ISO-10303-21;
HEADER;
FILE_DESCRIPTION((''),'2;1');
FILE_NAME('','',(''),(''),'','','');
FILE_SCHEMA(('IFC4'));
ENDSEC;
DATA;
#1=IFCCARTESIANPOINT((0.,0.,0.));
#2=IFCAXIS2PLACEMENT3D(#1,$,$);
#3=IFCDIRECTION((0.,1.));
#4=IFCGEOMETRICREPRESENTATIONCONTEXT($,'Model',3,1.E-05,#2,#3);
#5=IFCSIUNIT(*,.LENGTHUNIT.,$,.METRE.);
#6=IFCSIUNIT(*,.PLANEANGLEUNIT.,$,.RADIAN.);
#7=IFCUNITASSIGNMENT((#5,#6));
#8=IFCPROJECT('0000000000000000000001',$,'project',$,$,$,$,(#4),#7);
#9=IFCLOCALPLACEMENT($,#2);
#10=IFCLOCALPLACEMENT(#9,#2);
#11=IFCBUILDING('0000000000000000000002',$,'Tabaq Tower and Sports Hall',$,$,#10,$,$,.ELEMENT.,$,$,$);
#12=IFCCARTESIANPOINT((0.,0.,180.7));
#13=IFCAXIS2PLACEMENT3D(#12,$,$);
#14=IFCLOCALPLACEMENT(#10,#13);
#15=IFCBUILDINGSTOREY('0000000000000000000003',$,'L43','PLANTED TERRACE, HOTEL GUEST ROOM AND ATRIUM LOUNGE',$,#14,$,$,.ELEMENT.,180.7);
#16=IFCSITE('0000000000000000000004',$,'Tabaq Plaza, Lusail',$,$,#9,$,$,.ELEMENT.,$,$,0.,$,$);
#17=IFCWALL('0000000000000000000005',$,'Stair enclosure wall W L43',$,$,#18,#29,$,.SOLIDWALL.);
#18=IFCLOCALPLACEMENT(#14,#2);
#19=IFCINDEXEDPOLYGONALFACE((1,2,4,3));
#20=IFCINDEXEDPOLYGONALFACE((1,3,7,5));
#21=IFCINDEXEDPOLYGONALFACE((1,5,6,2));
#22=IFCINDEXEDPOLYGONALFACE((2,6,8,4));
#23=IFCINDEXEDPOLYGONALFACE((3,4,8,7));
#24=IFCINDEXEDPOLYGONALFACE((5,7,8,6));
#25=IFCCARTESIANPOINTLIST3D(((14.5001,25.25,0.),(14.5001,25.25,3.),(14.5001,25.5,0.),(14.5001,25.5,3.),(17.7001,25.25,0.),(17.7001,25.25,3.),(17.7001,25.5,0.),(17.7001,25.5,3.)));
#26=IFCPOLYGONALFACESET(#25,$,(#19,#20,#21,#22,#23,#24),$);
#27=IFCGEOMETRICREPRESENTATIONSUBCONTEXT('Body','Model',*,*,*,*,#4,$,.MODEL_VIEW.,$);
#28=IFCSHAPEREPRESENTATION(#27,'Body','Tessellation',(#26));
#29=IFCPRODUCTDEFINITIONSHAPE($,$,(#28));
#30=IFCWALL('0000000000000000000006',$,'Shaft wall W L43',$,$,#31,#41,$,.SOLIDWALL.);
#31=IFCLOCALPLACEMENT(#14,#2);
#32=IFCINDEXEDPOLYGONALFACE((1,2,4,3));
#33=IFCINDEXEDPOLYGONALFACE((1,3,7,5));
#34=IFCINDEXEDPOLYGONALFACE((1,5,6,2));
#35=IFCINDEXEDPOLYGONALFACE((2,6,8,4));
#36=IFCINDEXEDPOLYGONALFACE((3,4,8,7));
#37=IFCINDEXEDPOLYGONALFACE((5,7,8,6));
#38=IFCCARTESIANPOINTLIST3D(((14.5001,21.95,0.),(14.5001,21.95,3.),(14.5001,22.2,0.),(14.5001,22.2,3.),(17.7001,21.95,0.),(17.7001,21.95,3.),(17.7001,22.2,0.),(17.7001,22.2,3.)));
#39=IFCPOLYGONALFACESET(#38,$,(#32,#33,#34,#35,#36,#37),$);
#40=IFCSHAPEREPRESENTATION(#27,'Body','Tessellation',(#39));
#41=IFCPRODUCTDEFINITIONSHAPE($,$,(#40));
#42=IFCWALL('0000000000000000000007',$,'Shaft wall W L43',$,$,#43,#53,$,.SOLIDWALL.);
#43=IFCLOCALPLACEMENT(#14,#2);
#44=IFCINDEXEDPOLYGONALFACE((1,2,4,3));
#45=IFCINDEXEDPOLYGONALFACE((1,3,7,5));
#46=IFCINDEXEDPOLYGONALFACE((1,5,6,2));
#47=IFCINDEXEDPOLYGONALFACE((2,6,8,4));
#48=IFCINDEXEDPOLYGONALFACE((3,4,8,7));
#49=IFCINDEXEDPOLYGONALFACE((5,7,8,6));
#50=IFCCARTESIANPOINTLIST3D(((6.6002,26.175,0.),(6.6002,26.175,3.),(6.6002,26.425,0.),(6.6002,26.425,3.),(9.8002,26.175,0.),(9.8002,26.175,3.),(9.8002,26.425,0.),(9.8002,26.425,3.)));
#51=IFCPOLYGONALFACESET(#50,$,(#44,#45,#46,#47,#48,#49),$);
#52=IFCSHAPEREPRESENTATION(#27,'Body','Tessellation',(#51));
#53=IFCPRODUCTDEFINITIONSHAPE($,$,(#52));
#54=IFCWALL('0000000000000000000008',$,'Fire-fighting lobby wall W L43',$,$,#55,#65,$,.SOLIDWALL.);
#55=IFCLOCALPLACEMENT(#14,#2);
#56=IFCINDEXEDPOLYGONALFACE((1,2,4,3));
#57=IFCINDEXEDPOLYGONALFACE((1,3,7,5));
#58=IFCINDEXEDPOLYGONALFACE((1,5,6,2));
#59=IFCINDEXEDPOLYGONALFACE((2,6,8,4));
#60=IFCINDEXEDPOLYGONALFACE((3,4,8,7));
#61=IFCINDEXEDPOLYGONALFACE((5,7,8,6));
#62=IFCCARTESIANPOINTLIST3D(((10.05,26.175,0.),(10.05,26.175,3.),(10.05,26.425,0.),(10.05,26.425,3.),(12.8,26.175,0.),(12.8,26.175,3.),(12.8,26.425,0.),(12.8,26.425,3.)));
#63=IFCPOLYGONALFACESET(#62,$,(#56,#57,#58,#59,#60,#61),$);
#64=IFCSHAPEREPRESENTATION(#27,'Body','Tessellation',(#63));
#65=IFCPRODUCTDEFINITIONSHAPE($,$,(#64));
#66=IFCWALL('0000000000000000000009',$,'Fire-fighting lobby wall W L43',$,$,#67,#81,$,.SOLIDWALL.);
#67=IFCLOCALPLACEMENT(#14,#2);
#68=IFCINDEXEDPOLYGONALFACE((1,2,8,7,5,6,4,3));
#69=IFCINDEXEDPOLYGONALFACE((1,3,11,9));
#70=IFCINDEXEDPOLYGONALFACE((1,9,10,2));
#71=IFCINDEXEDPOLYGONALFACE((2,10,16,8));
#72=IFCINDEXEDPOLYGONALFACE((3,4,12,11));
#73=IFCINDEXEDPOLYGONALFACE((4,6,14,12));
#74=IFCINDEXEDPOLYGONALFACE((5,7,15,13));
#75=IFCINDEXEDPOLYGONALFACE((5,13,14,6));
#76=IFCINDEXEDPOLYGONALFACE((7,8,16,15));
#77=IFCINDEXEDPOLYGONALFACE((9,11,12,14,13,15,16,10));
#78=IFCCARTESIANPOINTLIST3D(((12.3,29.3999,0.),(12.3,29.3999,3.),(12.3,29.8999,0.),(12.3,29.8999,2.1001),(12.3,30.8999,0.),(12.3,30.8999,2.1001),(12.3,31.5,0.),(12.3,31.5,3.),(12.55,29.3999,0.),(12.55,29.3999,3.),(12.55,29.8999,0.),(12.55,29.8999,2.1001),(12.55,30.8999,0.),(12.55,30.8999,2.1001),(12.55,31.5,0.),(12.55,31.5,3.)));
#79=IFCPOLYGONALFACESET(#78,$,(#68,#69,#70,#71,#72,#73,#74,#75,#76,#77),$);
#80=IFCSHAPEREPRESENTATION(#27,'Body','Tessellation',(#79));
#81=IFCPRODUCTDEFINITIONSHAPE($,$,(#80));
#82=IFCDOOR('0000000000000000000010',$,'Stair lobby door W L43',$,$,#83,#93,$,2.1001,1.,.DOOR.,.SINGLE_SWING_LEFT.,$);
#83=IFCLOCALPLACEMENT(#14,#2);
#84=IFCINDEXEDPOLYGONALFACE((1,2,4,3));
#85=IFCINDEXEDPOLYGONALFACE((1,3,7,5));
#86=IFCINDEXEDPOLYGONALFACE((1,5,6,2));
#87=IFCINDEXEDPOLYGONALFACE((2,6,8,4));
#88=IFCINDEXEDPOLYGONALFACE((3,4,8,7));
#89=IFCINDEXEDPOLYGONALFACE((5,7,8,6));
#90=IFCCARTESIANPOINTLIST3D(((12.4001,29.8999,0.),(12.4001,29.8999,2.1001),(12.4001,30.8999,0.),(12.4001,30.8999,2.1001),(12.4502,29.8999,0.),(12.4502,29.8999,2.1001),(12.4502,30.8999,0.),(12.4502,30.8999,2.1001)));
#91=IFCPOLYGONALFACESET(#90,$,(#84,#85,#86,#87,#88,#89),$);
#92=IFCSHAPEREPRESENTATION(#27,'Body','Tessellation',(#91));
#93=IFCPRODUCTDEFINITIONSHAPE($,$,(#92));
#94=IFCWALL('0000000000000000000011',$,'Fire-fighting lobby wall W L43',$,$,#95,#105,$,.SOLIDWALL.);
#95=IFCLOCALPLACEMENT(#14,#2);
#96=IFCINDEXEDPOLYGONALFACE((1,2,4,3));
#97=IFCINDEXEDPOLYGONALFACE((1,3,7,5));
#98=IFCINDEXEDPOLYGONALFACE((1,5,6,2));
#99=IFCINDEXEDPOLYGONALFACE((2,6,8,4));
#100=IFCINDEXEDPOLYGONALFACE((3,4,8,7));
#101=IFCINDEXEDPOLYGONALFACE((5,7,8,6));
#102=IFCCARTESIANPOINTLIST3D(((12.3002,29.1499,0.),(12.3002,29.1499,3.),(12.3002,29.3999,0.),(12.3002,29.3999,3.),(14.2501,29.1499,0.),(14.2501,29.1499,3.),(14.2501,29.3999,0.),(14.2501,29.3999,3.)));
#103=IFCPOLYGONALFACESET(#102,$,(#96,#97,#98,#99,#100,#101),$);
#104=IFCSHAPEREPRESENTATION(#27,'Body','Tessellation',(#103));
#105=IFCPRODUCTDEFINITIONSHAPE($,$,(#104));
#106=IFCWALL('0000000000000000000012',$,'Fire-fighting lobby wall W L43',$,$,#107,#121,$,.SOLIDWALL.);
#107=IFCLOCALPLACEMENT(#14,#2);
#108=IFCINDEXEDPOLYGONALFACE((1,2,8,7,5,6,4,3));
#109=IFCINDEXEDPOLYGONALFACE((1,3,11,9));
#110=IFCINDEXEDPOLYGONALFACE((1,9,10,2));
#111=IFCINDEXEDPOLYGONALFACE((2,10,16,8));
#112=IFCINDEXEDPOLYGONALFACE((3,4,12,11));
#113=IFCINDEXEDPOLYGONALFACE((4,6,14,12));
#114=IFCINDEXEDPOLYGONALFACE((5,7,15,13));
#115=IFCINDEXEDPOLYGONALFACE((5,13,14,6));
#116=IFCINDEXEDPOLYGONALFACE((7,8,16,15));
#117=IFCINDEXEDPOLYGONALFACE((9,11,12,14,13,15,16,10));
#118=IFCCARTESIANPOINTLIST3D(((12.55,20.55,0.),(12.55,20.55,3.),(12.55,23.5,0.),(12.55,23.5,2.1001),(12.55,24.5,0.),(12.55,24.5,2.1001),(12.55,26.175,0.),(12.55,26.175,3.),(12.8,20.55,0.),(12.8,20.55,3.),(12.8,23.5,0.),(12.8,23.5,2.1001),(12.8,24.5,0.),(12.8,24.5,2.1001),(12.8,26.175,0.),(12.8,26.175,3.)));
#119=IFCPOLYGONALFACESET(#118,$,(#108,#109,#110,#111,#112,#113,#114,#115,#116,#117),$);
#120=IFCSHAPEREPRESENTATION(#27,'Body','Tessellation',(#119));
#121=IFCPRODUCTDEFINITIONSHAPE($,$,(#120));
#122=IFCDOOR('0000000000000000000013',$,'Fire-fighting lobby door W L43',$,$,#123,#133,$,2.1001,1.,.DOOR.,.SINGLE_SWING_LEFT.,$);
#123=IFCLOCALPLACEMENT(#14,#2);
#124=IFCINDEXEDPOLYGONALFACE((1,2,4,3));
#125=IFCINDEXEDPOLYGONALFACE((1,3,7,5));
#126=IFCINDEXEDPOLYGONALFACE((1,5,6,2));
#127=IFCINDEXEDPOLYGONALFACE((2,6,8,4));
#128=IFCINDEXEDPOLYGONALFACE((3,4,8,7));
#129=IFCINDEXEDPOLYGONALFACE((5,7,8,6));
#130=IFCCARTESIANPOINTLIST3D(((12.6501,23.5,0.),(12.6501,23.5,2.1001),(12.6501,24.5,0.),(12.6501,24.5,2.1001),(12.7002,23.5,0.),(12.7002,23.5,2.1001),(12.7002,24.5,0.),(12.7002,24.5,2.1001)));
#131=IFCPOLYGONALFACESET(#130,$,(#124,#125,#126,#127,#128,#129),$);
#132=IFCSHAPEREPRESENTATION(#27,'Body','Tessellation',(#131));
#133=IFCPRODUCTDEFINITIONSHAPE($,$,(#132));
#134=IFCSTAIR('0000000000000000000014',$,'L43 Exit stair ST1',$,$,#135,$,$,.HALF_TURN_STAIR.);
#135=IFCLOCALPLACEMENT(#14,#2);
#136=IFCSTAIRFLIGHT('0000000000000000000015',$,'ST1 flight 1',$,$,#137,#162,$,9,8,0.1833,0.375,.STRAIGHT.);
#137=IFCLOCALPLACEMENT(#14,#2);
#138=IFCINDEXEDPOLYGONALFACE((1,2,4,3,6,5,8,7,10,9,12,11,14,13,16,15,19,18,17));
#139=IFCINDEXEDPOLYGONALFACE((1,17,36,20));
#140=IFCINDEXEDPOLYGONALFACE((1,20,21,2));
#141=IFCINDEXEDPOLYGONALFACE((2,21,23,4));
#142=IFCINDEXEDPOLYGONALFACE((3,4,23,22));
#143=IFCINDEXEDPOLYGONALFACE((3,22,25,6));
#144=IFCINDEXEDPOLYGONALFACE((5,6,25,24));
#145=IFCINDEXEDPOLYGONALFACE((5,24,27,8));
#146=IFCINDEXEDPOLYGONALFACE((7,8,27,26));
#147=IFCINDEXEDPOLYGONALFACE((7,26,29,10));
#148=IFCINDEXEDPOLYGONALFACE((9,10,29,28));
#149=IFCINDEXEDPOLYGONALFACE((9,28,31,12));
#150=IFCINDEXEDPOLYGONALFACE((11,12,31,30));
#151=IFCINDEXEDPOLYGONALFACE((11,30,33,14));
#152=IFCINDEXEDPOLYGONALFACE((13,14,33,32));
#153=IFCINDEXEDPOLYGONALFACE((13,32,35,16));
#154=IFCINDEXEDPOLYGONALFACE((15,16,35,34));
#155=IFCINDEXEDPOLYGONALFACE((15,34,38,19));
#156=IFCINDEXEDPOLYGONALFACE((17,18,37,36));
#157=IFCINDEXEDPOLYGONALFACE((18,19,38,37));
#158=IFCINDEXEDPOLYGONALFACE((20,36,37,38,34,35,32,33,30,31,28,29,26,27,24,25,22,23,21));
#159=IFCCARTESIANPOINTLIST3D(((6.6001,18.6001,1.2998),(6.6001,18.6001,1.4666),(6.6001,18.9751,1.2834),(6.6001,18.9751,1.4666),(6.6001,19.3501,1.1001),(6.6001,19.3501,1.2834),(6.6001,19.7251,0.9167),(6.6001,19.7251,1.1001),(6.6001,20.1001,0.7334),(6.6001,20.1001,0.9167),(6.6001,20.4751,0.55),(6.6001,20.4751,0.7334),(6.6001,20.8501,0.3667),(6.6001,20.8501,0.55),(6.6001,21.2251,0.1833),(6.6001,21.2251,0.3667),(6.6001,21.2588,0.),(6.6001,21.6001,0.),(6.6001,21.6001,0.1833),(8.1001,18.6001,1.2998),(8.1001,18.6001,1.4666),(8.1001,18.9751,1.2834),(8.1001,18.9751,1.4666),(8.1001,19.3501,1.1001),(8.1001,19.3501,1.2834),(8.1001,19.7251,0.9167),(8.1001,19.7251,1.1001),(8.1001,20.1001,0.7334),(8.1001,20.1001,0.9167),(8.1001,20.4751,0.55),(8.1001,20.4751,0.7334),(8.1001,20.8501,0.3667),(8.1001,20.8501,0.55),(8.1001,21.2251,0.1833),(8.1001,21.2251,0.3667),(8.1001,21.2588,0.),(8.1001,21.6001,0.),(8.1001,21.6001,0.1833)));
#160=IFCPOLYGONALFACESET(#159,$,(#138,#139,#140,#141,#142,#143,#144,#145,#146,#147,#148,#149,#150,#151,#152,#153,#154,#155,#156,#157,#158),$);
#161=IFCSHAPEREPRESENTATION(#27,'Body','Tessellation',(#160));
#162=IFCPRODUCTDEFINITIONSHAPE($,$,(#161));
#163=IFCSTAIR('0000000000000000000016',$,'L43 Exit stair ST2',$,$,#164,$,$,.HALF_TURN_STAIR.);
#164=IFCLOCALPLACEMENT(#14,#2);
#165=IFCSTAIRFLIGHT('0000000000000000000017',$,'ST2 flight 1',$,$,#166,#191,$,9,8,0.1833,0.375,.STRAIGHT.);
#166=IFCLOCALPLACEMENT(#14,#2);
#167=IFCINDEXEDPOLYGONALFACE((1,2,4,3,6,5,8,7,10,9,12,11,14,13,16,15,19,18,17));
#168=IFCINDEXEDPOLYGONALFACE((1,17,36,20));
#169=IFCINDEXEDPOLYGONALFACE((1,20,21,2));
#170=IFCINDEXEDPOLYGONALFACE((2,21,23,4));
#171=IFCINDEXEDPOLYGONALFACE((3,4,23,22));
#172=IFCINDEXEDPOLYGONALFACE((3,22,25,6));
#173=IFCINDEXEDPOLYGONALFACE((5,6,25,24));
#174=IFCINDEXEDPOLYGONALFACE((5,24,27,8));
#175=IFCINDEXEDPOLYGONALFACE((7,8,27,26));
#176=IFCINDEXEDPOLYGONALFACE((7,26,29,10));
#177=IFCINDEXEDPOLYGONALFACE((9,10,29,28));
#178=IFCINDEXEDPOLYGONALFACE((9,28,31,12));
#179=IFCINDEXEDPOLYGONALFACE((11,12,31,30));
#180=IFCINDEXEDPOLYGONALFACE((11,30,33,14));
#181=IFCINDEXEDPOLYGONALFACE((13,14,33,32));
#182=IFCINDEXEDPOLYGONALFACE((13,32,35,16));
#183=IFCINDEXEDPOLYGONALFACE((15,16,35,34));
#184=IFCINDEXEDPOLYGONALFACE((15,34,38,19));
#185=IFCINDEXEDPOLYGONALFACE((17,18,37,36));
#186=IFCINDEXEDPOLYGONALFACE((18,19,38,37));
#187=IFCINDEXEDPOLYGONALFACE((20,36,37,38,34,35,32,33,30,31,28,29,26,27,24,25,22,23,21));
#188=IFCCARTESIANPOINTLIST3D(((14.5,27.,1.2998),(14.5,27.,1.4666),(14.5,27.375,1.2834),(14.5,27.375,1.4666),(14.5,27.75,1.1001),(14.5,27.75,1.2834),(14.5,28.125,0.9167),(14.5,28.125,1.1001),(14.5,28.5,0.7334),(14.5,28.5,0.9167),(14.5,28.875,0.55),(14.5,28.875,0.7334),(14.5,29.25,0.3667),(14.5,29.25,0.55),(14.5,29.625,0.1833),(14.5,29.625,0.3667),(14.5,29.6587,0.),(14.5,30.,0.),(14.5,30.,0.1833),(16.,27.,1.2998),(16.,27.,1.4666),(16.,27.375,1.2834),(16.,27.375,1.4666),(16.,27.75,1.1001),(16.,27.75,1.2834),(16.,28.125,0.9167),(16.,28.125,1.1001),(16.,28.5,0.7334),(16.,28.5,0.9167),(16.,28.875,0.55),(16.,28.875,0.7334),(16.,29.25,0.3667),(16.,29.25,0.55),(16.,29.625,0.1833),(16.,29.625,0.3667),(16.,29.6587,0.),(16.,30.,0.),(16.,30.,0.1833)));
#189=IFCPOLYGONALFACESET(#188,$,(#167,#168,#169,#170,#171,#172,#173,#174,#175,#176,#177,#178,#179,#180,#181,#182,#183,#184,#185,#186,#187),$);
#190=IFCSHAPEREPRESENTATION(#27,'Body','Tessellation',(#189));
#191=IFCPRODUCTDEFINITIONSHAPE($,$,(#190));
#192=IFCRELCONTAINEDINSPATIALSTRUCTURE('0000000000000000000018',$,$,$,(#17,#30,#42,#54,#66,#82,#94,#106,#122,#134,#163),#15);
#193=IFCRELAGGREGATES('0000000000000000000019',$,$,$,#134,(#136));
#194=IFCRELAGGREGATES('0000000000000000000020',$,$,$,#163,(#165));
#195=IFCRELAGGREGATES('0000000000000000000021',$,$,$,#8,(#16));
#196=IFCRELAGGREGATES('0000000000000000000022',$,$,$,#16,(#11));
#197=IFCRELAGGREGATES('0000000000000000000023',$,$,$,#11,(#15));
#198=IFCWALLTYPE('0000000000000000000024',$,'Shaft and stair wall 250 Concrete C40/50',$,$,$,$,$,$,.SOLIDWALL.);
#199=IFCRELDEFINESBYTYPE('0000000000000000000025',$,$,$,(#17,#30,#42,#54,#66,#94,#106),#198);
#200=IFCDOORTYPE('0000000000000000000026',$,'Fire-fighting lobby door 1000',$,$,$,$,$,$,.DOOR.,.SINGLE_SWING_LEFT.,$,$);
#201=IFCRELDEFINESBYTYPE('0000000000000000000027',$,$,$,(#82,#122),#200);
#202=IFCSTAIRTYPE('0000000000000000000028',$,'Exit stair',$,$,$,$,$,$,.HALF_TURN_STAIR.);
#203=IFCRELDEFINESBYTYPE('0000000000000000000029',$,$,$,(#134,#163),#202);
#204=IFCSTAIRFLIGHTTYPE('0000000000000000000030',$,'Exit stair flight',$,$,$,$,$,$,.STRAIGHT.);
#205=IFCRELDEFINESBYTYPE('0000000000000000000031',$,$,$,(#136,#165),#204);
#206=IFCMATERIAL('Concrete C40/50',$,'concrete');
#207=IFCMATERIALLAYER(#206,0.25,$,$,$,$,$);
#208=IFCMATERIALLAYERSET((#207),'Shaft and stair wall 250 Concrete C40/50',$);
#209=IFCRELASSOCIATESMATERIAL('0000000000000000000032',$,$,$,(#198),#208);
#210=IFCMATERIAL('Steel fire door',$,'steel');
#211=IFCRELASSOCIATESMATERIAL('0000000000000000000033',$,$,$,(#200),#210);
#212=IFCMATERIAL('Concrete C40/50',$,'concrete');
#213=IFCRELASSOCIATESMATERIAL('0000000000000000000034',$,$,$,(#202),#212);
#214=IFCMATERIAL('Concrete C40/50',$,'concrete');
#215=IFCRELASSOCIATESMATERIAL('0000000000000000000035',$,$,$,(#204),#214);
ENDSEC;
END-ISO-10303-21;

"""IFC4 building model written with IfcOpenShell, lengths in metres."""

from ifc_helpers import new_model, si_unit, direction, frame, frame_2d, origin, place, context, subcontext, project, spatial, polyline, rectangle, outline, extrude, material, layer, layer_set, type_object, element, fill, aggregate, save


model = new_model("IFC4")

# Units and contexts
model_context = context("Model", 3, precision=1e-05, world=origin(), true_north=direction((0.0, 1.0)))
body_context = subcontext(model_context, "Body", "Model", "MODEL_VIEW")
ifc_project = project(units=[si_unit("LENGTHUNIT", "METRE"), si_unit("PLANEANGLEUNIT", "RADIAN")], contexts=[model_context])

# Site, building, storey
site_placement = place(None, origin())
site = spatial("IfcSite", under=ifc_project, at=site_placement, Name="Tabaq Plaza, Lusail", CompositionType="ELEMENT", RefElevation=0.0)
building_placement = place(site_placement, origin())
building = spatial("IfcBuilding", under=site, at=building_placement, Name="Tabaq Tower and Sports Hall", CompositionType="ELEMENT")
storey_placement = place(building_placement, frame((0.0, 0.0, 180.7)))
storey = spatial("IfcBuildingStorey", under=building, at=storey_placement, Name="L43", Description="PLANTED TERRACE, HOTEL GUEST ROOM AND ATRIUM LOUNGE", CompositionType="ELEMENT", Elevation=180.7)

# Walls
ifc_material_1 = material(Name="Concrete C40/50", Category="concrete")
ifc_layer_1 = layer(ifc_material_1, 0.25)
ifc_layer_set_1 = layer_set([ifc_layer_1], Name="Shaft and stair wall 250 Concrete C40/50")
wall_type_1 = type_object("IfcWallType", Name="Shaft and stair wall 250 Concrete C40/50", PredefinedType="SOLIDWALL", material=ifc_layer_set_1)
for number, where, z_axis, x_axis, name in (
    (1, (14.5, 25.375, 0.0), (0.0, 0.0, 1.0), (1.0, 0.0, 0.0), "Stair enclosure wall W L43"),
    (2, (14.5, 22.075, 0.0), (0.0, 0.0, 1.0), (1.0, 0.0, 0.0), "Shaft wall W L43"),
    (3, (6.6001, 26.3, 0.0), (0.0, 0.0, 1.0), (1.0, 0.0, 0.0), "Shaft wall W L43"),
):
    element("IfcWall", number, at=place(storey_placement, frame(where, z_axis=z_axis, x_axis=x_axis)), inside=storey, type_object=wall_type_1, Name=name, PredefinedType="SOLIDWALL", context=body_context, shape_type="SweptSolid", body=[
        extrude(rectangle(XDim=3.2, YDim=0.25, at=frame_2d((1.6001, 0.0))), origin(), (0.0, 0.0, 1.0), 3.0),
    ])
wall_1_placement = place(storey_placement, frame((10.05, 26.3, 0.0), z_axis=(0.0, 0.0, 1.0), x_axis=(1.0, 0.0, 0.0)))
element("IfcWall", 4, at=wall_1_placement, inside=storey, type_object=wall_type_1, Name="Fire-fighting lobby wall W L43", PredefinedType="SOLIDWALL", context=body_context, shape_type="SweptSolid", body=[
    extrude(rectangle(XDim=2.75, YDim=0.25, at=frame_2d((1.375, 0.0))), origin(), (0.0, 0.0, 1.0), 3.0),
])

# Wall, opening, door
wall_2_placement = place(storey_placement, frame((12.425, 29.3999, 0.0), z_axis=(0.0, 0.0, 1.0), x_axis=(0.0, 1.0, 0.0)))
wall_2 = element("IfcWall", 5, at=wall_2_placement, inside=storey, type_object=wall_type_1, Name="Fire-fighting lobby wall W L43", PredefinedType="SOLIDWALL", context=body_context, shape_type="SweptSolid", body=[
    extrude(rectangle(XDim=2.1001, YDim=0.25, at=frame_2d((1.05, 0.0))), origin(), (0.0, 0.0, 1.0), 3.0),
])
opening_1_placement = place(wall_2_placement, frame((0.5, 0.0, 0.0)))
opening_1 = element("IfcOpeningElement", 6, at=opening_1_placement, cuts=wall_2, PredefinedType="OPENING", context=body_context, shape_type="SweptSolid", body=[
    extrude(rectangle(XDim=1.0, YDim=2.1001, at=frame_2d((0.5, 1.05))), frame((0.0, 0.125, 0.0), z_axis=(0.0, -1.0, 0.0), x_axis=(1.0, 0.0, 0.0)), (0.0, 0.0, 1.0), 0.25),
])
ifc_material_2 = material(Name="Steel fire door", Category="steel")
door_type_1 = type_object("IfcDoorType", Name="Fire-fighting lobby door 1000", OperationType="SINGLE_SWING_LEFT", PredefinedType="DOOR", material=ifc_material_2)
door_1_placement = place(opening_1_placement, origin())
door_1 = element("IfcDoor", 7, at=door_1_placement, inside=storey, type_object=door_type_1, Name="Stair lobby door W L43", OperationType="SINGLE_SWING_LEFT", OverallHeight=2.1001, OverallWidth=1.0, PredefinedType="DOOR", context=body_context, shape_type="SweptSolid", body=[
    extrude(rectangle(XDim=1.0, YDim=2.1001, at=frame_2d((0.5, 1.05))), frame((0.0, 0.0249, 0.0), z_axis=(0.0, -1.0, 0.0), x_axis=(1.0, 0.0, 0.0)), (0.0, 0.0, 1.0), 0.05),
])
fill(opening_1, door_1)

# Wall
wall_3_placement = place(storey_placement, frame((12.3, 29.2749, 0.0), z_axis=(0.0, 0.0, 1.0), x_axis=(1.0, 0.0, 0.0)))
element("IfcWall", 8, at=wall_3_placement, inside=storey, type_object=wall_type_1, Name="Fire-fighting lobby wall W L43", PredefinedType="SOLIDWALL", context=body_context, shape_type="SweptSolid", body=[
    extrude(rectangle(XDim=1.95, YDim=0.25, at=frame_2d((0.9751, 0.0))), origin(), (0.0, 0.0, 1.0), 3.0),
])

# Wall, opening, door
wall_4_placement = place(storey_placement, frame((12.675, 20.55, 0.0), z_axis=(0.0, 0.0, 1.0), x_axis=(0.0, 1.0, 0.0)))
wall_4 = element("IfcWall", 9, at=wall_4_placement, inside=storey, type_object=wall_type_1, Name="Fire-fighting lobby wall W L43", PredefinedType="SOLIDWALL", context=body_context, shape_type="SweptSolid", body=[
    extrude(rectangle(XDim=5.625, YDim=0.25, at=frame_2d((2.8125, 0.0))), origin(), (0.0, 0.0, 1.0), 3.0),
])
opening_2_placement = place(wall_4_placement, frame((2.95, 0.0, 0.0)))
opening_2 = element("IfcOpeningElement", 10, at=opening_2_placement, cuts=wall_4, PredefinedType="OPENING", context=body_context, shape_type="SweptSolid", body=[
    extrude(rectangle(XDim=1.0, YDim=2.1001, at=frame_2d((0.5, 1.05))), frame((0.0, 0.125, 0.0), z_axis=(0.0, -1.0, 0.0), x_axis=(1.0, 0.0, 0.0)), (0.0, 0.0, 1.0), 0.25),
])
door_2_placement = place(opening_2_placement, origin())
door_2 = element("IfcDoor", 11, at=door_2_placement, inside=storey, type_object=door_type_1, Name="Fire-fighting lobby door W L43", OperationType="SINGLE_SWING_LEFT", OverallHeight=2.1001, OverallWidth=1.0, PredefinedType="DOOR", context=body_context, shape_type="SweptSolid", body=[
    extrude(rectangle(XDim=1.0, YDim=2.1001, at=frame_2d((0.5, 1.05))), frame((0.0, 0.0249, 0.0), z_axis=(0.0, -1.0, 0.0), x_axis=(1.0, 0.0, 0.0)), (0.0, 0.0, 1.0), 0.05),
])
fill(opening_2, door_2)

# Stairs, stair flights
ifc_material_3 = material(Name="Concrete C40/50", Category="concrete")
stair_type = type_object("IfcStairType", Name="Exit stair", PredefinedType="HALF_TURN_STAIR", material=ifc_material_3)
stair_1_placement = place(storey_placement, origin())
stair_1 = element("IfcStair", 12, at=stair_1_placement, inside=storey, type_object=stair_type, Name="L43 Exit stair ST1", PredefinedType="HALF_TURN_STAIR")
ifc_material_4 = material(Name="Concrete C40/50", Category="concrete")
stair_flight_type = type_object("IfcStairFlightType", Name="Exit stair flight", PredefinedType="STRAIGHT", material=ifc_material_4)
stair_flight_1_placement = place(storey_placement, frame((7.3501, 21.6001, 0.0), z_axis=(0.0, 0.0, 1.0), x_axis=(0.0, -1.0, 0.0)))
stair_flight_1 = element("IfcStairFlight", 13, at=stair_flight_1_placement, type_object=stair_flight_type, Name="ST1 flight 1", NumberOfRisers=9, NumberOfTreads=8, PredefinedType="STRAIGHT", RiserHeight=0.1833, TreadLength=0.375, context=body_context, shape_type="SweptSolid", body=[
    extrude(outline(polyline([(0.0, 0.0), (0.0, 0.1833), (0.375, 0.1833), (0.375, 0.3667), (0.75, 0.3667), (0.75, 0.55), (1.125, 0.55), (1.125, 0.7334), (1.5, 0.7334), (1.5, 0.9167), (1.875, 0.9167), (1.875, 1.1001), (2.25, 1.1001), (2.25, 1.2834), (2.625, 1.2834), (2.625, 1.4666), (3.0, 1.4666), (3.0, 1.6499), (3.0, 1.2998), (0.3413, 0.0), (0.0, 0.0)])), frame((0.0, 0.75, 0.0), z_axis=(0.0, -1.0, 0.0), x_axis=(1.0, 0.0, 0.0)), (0.0, 0.0, 1.0), 1.5),
])
aggregate(stair_1, [stair_flight_1])
stair_2_placement = place(storey_placement, origin())
stair_2 = element("IfcStair", 14, at=stair_2_placement, inside=storey, type_object=stair_type, Name="L43 Exit stair ST2", PredefinedType="HALF_TURN_STAIR")
stair_flight_2_placement = place(storey_placement, frame((15.25, 30.0, 0.0), z_axis=(0.0, 0.0, 1.0), x_axis=(0.0, -1.0, 0.0)))
stair_flight_2 = element("IfcStairFlight", 15, at=stair_flight_2_placement, type_object=stair_flight_type, Name="ST2 flight 1", NumberOfRisers=9, NumberOfTreads=8, PredefinedType="STRAIGHT", RiserHeight=0.1833, TreadLength=0.375, context=body_context, shape_type="SweptSolid", body=[
    extrude(outline(polyline([(0.0, 0.0), (0.0, 0.1833), (0.375, 0.1833), (0.375, 0.3667), (0.75, 0.3667), (0.75, 0.55), (1.125, 0.55), (1.125, 0.7334), (1.5, 0.7334), (1.5, 0.9167), (1.875, 0.9167), (1.875, 1.1001), (2.25, 1.1001), (2.25, 1.2834), (2.625, 1.2834), (2.625, 1.4666), (3.0, 1.4666), (3.0, 1.6499), (3.0, 1.2998), (0.3413, 0.0), (0.0, 0.0)])), frame((0.0, 0.75, 0.0), z_axis=(0.0, -1.0, 0.0), x_axis=(1.0, 0.0, 0.0)), (0.0, 0.0, 1.0), 1.5),
])
aggregate(stair_2, [stair_flight_2])

save(model, "model.ifc")
